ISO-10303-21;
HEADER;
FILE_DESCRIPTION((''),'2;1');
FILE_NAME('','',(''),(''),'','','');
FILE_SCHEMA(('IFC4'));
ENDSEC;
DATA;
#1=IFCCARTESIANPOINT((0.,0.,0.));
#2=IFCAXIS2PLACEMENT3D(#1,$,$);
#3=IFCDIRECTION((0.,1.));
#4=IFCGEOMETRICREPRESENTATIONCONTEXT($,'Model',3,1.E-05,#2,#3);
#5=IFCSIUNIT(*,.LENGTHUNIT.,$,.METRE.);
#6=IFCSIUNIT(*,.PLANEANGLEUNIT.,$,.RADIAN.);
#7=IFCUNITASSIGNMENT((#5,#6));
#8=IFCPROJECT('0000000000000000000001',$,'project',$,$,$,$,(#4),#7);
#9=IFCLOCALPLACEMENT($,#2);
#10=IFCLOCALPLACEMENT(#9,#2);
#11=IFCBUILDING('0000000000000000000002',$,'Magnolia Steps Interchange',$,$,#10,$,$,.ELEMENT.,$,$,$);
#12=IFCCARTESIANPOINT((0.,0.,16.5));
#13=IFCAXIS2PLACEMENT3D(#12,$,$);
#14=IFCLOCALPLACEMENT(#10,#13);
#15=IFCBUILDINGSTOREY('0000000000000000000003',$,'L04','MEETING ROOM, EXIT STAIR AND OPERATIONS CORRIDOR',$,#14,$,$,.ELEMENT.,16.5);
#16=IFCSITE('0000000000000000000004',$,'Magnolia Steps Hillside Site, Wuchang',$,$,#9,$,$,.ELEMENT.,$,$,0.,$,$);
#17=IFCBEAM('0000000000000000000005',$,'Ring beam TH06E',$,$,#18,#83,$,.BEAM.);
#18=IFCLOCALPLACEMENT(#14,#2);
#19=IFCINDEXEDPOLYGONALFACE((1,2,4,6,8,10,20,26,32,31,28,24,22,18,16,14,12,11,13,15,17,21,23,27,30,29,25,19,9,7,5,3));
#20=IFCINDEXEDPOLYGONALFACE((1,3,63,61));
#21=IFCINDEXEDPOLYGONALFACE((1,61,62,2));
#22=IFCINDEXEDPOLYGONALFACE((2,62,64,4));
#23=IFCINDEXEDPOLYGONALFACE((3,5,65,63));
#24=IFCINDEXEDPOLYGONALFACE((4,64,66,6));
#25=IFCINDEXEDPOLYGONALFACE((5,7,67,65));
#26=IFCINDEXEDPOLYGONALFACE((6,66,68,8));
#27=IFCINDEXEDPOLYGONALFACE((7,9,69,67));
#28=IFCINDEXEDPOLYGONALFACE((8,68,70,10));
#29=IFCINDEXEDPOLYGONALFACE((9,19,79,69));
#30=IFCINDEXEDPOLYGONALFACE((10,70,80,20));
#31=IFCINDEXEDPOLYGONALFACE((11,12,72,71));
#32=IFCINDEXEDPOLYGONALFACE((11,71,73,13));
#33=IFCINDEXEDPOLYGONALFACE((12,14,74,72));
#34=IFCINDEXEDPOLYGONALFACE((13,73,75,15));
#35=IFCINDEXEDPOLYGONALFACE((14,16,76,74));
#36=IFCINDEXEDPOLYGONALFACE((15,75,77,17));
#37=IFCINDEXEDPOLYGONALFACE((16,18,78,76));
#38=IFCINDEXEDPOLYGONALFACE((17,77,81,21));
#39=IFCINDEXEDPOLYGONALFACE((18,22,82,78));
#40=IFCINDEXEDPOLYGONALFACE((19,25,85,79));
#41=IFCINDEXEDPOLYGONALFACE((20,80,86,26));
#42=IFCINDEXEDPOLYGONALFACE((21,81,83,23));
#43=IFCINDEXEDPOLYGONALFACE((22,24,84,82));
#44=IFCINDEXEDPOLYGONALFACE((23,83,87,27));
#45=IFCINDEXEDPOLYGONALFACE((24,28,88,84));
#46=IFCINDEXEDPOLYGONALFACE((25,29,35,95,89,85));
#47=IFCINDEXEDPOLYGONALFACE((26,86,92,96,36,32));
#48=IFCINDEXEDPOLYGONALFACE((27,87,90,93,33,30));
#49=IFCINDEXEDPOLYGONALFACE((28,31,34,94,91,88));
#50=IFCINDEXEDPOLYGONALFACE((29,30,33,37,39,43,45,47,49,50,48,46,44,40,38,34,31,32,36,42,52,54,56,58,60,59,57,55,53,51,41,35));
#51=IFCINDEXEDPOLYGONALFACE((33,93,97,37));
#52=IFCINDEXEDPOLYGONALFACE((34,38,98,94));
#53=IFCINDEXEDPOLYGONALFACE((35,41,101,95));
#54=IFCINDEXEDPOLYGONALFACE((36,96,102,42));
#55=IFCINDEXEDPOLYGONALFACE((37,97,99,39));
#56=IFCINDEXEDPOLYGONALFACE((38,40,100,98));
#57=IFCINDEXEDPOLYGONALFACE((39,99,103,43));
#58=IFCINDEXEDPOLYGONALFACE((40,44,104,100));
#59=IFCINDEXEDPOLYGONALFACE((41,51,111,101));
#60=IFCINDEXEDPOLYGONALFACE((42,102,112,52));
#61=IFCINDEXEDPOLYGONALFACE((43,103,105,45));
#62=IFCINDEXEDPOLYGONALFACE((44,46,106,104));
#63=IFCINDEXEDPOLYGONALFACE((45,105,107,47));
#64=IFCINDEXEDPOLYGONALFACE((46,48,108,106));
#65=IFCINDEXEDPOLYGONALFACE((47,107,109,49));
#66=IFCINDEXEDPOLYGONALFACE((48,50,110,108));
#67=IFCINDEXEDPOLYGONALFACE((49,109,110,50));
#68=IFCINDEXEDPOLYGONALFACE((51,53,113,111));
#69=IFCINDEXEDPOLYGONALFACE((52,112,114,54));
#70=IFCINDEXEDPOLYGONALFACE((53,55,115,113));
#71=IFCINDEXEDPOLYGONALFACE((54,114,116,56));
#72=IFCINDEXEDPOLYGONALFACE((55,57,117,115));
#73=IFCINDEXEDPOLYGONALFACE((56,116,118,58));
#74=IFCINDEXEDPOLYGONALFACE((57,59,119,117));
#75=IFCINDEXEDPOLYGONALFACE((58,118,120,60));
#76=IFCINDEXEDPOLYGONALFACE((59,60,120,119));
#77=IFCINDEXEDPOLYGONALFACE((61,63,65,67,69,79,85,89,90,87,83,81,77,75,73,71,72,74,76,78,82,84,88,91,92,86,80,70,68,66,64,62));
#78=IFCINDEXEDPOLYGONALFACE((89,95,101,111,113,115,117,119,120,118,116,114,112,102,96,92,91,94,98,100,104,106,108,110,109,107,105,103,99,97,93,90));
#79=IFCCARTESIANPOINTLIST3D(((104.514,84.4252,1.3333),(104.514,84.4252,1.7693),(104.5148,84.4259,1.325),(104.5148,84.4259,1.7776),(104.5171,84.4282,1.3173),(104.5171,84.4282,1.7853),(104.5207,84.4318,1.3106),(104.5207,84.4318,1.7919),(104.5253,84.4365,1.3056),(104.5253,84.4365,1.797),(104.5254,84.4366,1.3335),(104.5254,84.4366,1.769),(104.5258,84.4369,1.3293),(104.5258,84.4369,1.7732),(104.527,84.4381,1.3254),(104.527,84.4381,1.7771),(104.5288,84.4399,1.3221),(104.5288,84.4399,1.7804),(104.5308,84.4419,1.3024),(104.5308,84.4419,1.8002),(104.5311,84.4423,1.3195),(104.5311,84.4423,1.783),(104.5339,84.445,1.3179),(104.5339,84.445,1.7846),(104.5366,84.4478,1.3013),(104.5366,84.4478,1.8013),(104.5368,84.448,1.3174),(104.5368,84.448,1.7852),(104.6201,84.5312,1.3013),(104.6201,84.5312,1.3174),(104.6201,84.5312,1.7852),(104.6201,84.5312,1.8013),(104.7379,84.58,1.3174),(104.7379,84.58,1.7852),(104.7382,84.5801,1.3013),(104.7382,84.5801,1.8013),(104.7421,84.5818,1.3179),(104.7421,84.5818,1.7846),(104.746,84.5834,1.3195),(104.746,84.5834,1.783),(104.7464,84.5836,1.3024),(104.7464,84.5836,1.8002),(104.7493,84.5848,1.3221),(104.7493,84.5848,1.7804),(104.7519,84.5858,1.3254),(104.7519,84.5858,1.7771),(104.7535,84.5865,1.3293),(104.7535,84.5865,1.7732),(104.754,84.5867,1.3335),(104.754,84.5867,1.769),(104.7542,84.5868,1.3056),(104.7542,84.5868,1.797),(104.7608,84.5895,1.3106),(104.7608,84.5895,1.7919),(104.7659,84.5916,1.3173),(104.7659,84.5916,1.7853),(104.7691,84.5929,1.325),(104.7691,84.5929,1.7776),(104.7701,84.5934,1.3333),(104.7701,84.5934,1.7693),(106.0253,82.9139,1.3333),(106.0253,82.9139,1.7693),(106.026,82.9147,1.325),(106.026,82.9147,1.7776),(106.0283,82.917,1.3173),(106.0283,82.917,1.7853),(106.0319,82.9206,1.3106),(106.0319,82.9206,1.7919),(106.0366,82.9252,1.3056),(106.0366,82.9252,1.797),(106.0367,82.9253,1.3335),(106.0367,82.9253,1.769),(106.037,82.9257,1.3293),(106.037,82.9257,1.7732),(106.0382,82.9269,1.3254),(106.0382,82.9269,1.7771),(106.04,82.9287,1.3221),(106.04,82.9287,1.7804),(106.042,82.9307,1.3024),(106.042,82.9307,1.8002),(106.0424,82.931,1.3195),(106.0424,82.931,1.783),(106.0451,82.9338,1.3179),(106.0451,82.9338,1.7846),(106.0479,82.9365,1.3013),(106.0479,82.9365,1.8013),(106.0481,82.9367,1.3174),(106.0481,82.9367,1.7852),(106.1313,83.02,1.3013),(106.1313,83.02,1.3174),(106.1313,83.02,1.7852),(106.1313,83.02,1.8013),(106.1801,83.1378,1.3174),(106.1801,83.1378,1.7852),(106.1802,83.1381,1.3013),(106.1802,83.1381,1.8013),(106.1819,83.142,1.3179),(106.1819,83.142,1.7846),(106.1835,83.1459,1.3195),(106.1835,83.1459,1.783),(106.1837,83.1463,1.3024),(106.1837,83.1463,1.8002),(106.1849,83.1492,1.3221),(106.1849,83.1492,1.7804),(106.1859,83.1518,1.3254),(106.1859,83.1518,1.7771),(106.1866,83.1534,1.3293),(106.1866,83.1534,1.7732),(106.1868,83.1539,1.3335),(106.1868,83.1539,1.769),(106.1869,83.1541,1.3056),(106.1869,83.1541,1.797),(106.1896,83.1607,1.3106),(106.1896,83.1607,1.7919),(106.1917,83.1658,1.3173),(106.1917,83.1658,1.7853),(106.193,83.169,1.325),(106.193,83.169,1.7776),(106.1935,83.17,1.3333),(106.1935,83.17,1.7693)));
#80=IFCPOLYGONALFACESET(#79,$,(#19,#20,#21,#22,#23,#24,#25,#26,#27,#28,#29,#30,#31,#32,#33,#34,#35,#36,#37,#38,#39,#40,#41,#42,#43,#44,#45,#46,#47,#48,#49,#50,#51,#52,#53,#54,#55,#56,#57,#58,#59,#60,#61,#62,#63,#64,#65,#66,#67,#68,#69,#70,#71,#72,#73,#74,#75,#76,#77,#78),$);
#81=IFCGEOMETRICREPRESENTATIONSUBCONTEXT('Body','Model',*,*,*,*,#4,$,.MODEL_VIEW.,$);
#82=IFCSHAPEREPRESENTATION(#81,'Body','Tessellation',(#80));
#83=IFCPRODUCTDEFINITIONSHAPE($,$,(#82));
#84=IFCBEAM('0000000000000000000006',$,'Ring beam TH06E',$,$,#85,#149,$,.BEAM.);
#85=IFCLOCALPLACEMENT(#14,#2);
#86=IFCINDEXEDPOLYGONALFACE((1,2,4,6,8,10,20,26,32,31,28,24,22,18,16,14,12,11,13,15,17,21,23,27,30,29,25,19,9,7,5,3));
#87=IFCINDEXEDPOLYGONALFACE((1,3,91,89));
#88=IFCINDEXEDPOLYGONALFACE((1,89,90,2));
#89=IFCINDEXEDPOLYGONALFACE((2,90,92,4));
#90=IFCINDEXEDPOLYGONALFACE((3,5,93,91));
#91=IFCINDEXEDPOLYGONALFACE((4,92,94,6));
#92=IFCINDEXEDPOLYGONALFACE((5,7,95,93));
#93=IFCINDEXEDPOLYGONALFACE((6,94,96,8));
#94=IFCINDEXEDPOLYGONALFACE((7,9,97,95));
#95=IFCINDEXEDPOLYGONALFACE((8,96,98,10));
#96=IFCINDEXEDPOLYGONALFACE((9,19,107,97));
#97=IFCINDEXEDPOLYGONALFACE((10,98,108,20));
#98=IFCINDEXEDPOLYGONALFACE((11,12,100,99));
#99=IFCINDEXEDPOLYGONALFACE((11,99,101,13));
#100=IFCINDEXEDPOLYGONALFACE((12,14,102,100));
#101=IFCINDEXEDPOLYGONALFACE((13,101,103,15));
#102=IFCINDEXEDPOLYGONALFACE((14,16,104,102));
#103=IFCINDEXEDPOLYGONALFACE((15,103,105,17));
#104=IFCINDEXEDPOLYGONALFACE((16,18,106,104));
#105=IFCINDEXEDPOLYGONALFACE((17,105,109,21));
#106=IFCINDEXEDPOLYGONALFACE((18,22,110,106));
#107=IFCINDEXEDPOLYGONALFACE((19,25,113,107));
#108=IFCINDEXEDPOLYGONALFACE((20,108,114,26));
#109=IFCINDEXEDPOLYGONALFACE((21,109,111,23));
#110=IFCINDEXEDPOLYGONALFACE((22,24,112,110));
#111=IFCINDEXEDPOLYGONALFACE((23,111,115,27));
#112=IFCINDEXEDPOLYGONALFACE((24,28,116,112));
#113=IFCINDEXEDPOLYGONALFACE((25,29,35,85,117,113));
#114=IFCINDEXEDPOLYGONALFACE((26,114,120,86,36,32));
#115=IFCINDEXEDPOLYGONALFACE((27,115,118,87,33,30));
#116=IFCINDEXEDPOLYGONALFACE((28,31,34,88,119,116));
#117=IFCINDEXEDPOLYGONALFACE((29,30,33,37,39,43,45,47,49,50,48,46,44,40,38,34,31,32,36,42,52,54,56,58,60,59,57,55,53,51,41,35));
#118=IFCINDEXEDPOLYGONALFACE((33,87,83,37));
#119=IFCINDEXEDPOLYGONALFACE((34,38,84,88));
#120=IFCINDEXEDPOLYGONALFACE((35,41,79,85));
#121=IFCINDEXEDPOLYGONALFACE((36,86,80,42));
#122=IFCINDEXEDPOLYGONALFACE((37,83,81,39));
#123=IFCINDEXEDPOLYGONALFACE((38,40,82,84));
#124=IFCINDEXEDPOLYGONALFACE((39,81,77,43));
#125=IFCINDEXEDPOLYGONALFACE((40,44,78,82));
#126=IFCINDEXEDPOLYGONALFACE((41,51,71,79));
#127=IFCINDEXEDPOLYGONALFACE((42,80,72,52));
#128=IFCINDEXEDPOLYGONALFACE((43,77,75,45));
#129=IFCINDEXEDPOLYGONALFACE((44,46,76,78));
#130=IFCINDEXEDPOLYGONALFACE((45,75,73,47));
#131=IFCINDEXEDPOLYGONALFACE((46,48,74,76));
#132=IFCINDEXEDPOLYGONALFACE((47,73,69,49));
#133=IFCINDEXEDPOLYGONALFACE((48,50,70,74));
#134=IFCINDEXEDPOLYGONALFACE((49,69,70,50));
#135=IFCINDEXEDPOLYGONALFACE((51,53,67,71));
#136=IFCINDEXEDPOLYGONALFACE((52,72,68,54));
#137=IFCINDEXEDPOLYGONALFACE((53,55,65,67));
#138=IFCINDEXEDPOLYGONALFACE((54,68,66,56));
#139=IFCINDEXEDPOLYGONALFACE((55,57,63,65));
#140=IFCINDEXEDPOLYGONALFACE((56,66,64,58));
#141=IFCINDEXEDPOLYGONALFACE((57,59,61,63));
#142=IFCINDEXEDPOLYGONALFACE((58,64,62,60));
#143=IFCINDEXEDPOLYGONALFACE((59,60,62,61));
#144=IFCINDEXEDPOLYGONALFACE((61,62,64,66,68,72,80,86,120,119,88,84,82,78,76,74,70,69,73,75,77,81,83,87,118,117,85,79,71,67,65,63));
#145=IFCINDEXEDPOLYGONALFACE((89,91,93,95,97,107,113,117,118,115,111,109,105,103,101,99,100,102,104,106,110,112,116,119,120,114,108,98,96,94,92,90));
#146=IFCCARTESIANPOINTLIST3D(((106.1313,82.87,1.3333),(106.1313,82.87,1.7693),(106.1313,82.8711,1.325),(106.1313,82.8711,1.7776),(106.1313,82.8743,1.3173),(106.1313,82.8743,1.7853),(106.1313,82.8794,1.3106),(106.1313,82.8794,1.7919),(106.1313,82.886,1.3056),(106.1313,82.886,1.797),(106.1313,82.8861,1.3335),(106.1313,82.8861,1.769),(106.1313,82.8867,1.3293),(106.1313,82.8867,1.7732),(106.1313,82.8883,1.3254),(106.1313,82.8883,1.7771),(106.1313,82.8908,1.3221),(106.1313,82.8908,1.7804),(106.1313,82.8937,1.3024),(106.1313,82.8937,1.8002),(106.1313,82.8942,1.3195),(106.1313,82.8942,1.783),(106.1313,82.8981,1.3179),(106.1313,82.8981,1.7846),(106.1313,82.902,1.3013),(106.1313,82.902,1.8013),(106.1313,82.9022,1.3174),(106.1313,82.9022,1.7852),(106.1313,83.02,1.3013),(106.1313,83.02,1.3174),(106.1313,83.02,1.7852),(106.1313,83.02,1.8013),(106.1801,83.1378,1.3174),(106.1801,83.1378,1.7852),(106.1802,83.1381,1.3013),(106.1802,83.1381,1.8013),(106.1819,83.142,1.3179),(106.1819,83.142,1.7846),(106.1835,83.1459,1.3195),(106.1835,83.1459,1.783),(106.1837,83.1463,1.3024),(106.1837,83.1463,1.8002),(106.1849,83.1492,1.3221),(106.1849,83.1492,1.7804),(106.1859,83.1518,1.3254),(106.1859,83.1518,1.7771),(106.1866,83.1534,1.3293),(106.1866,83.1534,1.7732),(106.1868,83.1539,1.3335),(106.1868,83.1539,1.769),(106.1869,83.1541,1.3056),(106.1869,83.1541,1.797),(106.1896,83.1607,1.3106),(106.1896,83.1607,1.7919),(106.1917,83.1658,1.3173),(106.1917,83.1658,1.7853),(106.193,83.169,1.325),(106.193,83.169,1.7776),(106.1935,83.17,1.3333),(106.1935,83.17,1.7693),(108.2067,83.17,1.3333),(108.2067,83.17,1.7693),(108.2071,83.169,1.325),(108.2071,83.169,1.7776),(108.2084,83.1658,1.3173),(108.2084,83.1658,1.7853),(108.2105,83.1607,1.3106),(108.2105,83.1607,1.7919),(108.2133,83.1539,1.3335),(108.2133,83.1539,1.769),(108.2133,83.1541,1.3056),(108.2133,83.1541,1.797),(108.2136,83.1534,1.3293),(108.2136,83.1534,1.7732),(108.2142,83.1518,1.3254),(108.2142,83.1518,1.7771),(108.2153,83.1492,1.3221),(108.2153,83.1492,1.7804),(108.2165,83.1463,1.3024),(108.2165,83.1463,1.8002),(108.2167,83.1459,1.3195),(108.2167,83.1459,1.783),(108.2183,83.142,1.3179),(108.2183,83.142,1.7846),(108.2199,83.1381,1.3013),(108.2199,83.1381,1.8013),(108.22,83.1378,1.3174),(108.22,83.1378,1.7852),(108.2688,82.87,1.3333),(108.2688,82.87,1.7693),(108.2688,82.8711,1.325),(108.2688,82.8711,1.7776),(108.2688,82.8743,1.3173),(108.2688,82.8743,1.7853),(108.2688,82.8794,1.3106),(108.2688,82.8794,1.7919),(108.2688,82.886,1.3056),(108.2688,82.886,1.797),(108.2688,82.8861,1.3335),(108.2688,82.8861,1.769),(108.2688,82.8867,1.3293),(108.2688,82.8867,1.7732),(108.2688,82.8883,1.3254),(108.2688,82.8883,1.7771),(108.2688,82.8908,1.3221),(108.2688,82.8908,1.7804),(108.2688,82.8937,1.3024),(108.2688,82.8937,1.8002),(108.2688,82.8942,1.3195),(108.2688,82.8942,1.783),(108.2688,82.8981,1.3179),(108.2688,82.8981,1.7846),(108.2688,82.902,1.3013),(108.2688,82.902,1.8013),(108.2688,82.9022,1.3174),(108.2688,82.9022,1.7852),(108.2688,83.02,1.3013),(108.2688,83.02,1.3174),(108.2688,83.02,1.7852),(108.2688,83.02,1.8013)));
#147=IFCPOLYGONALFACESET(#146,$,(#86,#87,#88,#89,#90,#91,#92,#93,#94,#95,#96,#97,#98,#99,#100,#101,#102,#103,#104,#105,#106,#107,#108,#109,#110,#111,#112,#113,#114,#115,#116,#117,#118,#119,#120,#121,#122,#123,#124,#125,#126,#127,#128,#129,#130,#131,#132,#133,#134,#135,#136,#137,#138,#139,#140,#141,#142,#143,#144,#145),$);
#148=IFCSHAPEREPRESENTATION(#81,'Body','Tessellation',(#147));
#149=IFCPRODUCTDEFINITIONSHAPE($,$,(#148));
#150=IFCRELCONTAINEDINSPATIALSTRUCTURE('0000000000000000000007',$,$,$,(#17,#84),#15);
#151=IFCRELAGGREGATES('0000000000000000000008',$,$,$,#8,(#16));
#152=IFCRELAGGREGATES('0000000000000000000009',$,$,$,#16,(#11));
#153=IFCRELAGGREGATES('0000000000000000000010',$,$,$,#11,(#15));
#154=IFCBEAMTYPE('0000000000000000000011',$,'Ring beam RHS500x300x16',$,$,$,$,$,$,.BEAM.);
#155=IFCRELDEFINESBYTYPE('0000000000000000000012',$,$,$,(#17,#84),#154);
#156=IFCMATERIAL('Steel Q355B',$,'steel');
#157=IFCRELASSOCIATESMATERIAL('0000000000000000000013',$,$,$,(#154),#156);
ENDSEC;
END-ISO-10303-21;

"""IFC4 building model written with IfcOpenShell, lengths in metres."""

from ifc_helpers import new_model, si_unit, direction, frame, origin, origin_2d, place, context, subcontext, project, spatial, hollow_rectangle, extrude, clip, halfspace, material, material_profile, profile_set, type_object, element, save


model = new_model("IFC4")

# Units and contexts
model_context = context("Model", 3, precision=1e-05, world=origin(), true_north=direction((0.0, 1.0)))
body_context = subcontext(model_context, "Body", "Model", "MODEL_VIEW")
ifc_project = project(units=[si_unit("LENGTHUNIT", "METRE"), si_unit("PLANEANGLEUNIT", "RADIAN")], contexts=[model_context])

# Site, building, storey
site_placement = place(None, origin())
site = spatial("IfcSite", under=ifc_project, at=site_placement, Name="Magnolia Steps Hillside Site, Wuchang", CompositionType="ELEMENT", RefElevation=0.0)
building_placement = place(site_placement, origin())
building = spatial("IfcBuilding", under=site, at=building_placement, Name="Magnolia Steps Interchange", CompositionType="ELEMENT")
storey_placement = place(building_placement, frame((0.0, 0.0, 16.5)))
storey = spatial("IfcBuildingStorey", under=building, at=storey_placement, Name="L04", Description="MEETING ROOM, EXIT STAIR AND OPERATIONS CORRIDOR", CompositionType="ELEMENT", Elevation=16.5)

# Beams
ifc_material_1 = material(Name="Steel Q355B", Category="steel")
ifc_material_profile_1 = material_profile(ifc_material_1, hollow_rectangle(XDim=0.3, YDim=0.5, WallThickness=0.0161, InnerFilletRadius=0.0161, OuterFilletRadius=0.032, at=origin_2d()), Name="RHS500x300x16")
ifc_profile_set_1 = profile_set([ifc_material_profile_1], Name="Steel Q355B")
beam_type_1 = type_object("IfcBeamType", Name="Ring beam RHS500x300x16", PredefinedType="BEAM", material=ifc_profile_set_1)
beam_1_placement = place(storey_placement, frame((104.6201, 84.5312, 1.5513), z_axis=(0.707107, -0.707107, 0.0), x_axis=(0.707107, 0.707107, 0.0)))
element("IfcBeam", 1, at=beam_1_placement, inside=storey, type_object=beam_type_1, Name="Ring beam TH06E", PredefinedType="BEAM", context=body_context, shape_type="Clipping", body=[
    clip(clip(extrude(hollow_rectangle(XDim=0.3, YDim=0.5, WallThickness=0.0161, InnerFilletRadius=0.0161, OuterFilletRadius=0.032, at=origin_2d()), origin(), (0.0, 0.0, 1.0), 2.1372), halfspace(frame((0.0, 0.0, 0.0), z_axis=(0.382683, 0.0, -0.92388), x_axis=(0.92388, 0.0, 0.382683)), False)), halfspace(frame((0.0, 0.0, 2.1372), z_axis=(0.382683, 0.0, 0.92388), x_axis=(0.92388, 0.0, -0.382683)), False)),
])
beam_2_placement = place(storey_placement, frame((106.1313, 83.02, 1.5513), z_axis=(1.0, 0.0, 0.0), x_axis=(0.0, 1.0, 0.0)))
element("IfcBeam", 2, at=beam_2_placement, inside=storey, type_object=beam_type_1, Name="Ring beam TH06E", PredefinedType="BEAM", context=body_context, shape_type="Clipping", body=[
    clip(clip(extrude(hollow_rectangle(XDim=0.3, YDim=0.5, WallThickness=0.0161, InnerFilletRadius=0.0161, OuterFilletRadius=0.032, at=origin_2d()), origin(), (0.0, 0.0, 1.0), 2.1375), halfspace(frame((0.0, 0.0, 0.0), z_axis=(0.382683, 0.0, -0.92388), x_axis=(0.92388, 0.0, 0.382683)), False)), halfspace(frame((0.0, 0.0, 2.1375), z_axis=(0.382683, 0.0, 0.92388), x_axis=(0.92388, 0.0, -0.382683)), False)),
])

save(model, "model.ifc")
